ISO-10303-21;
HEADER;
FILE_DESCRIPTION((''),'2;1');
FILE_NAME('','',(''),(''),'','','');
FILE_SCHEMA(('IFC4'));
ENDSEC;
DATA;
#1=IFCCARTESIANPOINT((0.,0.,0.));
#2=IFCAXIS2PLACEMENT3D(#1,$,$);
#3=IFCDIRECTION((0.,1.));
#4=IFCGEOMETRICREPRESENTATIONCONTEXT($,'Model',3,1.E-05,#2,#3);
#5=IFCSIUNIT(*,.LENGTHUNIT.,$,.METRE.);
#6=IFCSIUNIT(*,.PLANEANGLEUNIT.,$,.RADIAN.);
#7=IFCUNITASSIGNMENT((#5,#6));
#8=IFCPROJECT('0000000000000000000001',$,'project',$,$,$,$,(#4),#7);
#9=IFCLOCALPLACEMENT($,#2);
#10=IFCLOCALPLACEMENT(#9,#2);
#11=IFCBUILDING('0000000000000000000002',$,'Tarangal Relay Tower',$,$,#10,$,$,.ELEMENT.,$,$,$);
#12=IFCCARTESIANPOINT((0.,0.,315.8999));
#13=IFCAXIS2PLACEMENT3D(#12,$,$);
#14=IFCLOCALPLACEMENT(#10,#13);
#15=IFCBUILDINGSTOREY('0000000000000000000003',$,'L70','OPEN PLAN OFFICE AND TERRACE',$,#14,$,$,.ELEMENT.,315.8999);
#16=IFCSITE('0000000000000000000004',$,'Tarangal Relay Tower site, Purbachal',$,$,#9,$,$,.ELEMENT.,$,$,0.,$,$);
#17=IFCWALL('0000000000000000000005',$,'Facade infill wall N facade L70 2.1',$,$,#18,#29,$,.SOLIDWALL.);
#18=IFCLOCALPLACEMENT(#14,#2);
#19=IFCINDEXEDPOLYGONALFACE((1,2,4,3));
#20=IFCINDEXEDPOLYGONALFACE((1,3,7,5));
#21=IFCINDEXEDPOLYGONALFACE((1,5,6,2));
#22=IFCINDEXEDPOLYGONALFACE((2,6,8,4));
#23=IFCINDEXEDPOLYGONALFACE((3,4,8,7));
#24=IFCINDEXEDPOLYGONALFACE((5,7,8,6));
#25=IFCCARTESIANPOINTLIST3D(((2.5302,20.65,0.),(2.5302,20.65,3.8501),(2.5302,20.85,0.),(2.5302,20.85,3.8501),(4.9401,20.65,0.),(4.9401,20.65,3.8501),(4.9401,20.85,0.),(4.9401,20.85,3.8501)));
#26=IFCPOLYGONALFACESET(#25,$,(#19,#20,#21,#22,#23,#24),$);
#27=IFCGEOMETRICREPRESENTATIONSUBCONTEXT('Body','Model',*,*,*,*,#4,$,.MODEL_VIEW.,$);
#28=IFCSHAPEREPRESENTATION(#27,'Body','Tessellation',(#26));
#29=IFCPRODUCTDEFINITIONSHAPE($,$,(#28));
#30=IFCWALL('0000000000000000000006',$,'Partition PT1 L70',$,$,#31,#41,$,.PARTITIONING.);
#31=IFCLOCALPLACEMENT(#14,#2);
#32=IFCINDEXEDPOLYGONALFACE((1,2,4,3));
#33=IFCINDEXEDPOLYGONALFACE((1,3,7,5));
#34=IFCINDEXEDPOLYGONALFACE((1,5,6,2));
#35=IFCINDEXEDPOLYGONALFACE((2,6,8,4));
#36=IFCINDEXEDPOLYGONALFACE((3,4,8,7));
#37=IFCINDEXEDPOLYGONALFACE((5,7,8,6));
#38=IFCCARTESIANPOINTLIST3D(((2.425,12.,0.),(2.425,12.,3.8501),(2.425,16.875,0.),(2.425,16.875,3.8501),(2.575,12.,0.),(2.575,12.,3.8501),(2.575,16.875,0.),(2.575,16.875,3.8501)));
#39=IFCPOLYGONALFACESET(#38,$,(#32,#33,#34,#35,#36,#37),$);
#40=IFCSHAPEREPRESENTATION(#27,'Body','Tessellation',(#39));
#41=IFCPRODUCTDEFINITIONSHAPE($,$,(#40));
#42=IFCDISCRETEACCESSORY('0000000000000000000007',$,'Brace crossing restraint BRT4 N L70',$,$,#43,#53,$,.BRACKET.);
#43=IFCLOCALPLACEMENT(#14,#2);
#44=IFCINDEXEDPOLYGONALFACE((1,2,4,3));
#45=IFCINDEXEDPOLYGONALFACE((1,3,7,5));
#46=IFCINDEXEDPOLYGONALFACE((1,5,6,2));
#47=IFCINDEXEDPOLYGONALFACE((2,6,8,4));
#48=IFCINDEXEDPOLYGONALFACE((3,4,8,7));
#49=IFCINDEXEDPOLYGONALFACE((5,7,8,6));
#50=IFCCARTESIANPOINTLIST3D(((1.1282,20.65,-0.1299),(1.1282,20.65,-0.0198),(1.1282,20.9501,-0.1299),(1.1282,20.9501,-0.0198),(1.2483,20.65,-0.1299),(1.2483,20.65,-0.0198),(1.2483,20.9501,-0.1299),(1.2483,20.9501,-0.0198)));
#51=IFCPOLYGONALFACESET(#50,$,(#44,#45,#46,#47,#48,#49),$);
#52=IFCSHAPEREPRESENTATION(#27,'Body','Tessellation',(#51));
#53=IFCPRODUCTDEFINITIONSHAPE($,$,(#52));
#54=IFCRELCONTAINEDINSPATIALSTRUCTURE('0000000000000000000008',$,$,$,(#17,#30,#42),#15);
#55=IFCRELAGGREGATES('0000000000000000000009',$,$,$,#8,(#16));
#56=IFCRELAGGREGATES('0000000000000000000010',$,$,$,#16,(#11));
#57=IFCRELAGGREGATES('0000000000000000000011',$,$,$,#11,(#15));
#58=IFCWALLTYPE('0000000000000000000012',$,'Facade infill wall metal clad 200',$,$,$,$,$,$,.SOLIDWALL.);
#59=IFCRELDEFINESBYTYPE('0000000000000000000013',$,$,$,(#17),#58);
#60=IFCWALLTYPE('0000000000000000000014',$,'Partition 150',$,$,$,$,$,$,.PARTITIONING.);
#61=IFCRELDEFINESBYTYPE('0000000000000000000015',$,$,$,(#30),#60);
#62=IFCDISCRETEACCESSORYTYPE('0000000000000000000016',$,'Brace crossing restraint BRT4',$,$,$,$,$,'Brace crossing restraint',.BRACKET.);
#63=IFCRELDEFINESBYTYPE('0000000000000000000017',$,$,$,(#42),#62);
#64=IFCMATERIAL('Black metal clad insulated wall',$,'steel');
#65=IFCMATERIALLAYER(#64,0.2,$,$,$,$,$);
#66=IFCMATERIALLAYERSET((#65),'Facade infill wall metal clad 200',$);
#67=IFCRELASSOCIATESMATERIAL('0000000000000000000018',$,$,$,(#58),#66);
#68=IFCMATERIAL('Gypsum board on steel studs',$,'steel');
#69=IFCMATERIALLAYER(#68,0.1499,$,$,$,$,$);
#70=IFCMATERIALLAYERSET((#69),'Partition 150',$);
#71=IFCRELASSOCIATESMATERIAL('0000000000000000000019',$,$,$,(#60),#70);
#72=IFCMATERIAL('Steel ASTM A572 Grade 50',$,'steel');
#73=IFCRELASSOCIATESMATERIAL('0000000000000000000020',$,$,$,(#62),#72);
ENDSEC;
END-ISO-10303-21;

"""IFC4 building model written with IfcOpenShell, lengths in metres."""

from ifc_helpers import new_model, si_unit, direction, frame, frame_2d, origin, origin_2d, place, context, subcontext, project, spatial, rectangle, extrude, material, layer, layer_set, type_object, element, save


model = new_model("IFC4")

# Units and contexts
model_context = context("Model", 3, precision=1e-05, world=origin(), true_north=direction((0.0, 1.0)))
body_context = subcontext(model_context, "Body", "Model", "MODEL_VIEW")
ifc_project = project(units=[si_unit("LENGTHUNIT", "METRE"), si_unit("PLANEANGLEUNIT", "RADIAN")], contexts=[model_context])

# Site, building, storey
site_placement = place(None, origin())
site = spatial("IfcSite", under=ifc_project, at=site_placement, Name="Tarangal Relay Tower site, Purbachal", CompositionType="ELEMENT", RefElevation=0.0)
building_placement = place(site_placement, origin())
building = spatial("IfcBuilding", under=site, at=building_placement, Name="Tarangal Relay Tower", CompositionType="ELEMENT")
storey_placement = place(building_placement, frame((0.0, 0.0, 315.8999)))
storey = spatial("IfcBuildingStorey", under=building, at=storey_placement, Name="L70", Description="OPEN PLAN OFFICE AND TERRACE", CompositionType="ELEMENT", Elevation=315.8999)

# Shared definitions
ifc_material_1 = material(Name="Steel ASTM A572 Grade 50", Category="steel")

# Walls
ifc_material_2 = material(Name="Black metal clad insulated wall", Category="steel")
ifc_layer_1 = layer(ifc_material_2, 0.2)
ifc_layer_set_1 = layer_set([ifc_layer_1], Name="Facade infill wall metal clad 200")
wall_type_1 = type_object("IfcWallType", Name="Facade infill wall metal clad 200", PredefinedType="SOLIDWALL", material=ifc_layer_set_1)
for number, where, z_axis, x_axis, name in (
    (1, (2.53, 20.75, 0.0), (0.0, 0.0, 1.0), (1.0, 0.0, 0.0), "Facade infill wall N facade L70 2.1"),
):
    element("IfcWall", number, at=place(storey_placement, frame(where, z_axis=z_axis, x_axis=x_axis)), inside=storey, type_object=wall_type_1, Name=name, PredefinedType="SOLIDWALL", context=body_context, shape_type="SweptSolid", body=[
        extrude(rectangle(XDim=2.4099, YDim=0.2, at=frame_2d((1.2051, 0.0))), origin(), (0.0, 0.0, 1.0), 3.8501),
    ])
ifc_material_3 = material(Name="Gypsum board on steel studs", Category="steel")
ifc_layer_2 = layer(ifc_material_3, 0.1499)
ifc_layer_set_2 = layer_set([ifc_layer_2], Name="Partition 150")
wall_type_2 = type_object("IfcWallType", Name="Partition 150", PredefinedType="PARTITIONING", material=ifc_layer_set_2)
wall_1_placement = place(storey_placement, frame((2.5, 12.0, 0.0), z_axis=(0.0, 0.0, 1.0), x_axis=(0.0, 1.0, 0.0)))
element("IfcWall", 2, at=wall_1_placement, inside=storey, type_object=wall_type_2, Name="Partition PT1 L70", PredefinedType="PARTITIONING", context=body_context, shape_type="SweptSolid", body=[
    extrude(rectangle(XDim=4.875, YDim=0.1499, at=frame_2d((2.4375, 0.0))), origin(), (0.0, 0.0, 1.0), 3.8501),
])

# Discrete accessory
discrete_accessory_type = type_object("IfcDiscreteAccessoryType", Name="Brace crossing restraint BRT4", ElementType="Brace crossing restraint", PredefinedType="BRACKET", material=ifc_material_1)
discrete_accessory_placement = place(storey_placement, frame((1.1882, 20.8, -0.1299), z_axis=(0.0, 0.0, 1.0), x_axis=(1.0, 0.0, 0.0)))
element("IfcDiscreteAccessory", 3, at=discrete_accessory_placement, inside=storey, type_object=discrete_accessory_type, Name="Brace crossing restraint BRT4 N L70", PredefinedType="BRACKET", context=body_context, shape_type="SweptSolid", body=[
    extrude(rectangle(XDim=0.1201, YDim=0.3, at=origin_2d()), origin(), (0.0, 0.0, 1.0), 0.1101),
])

save(model, "model.ifc")
